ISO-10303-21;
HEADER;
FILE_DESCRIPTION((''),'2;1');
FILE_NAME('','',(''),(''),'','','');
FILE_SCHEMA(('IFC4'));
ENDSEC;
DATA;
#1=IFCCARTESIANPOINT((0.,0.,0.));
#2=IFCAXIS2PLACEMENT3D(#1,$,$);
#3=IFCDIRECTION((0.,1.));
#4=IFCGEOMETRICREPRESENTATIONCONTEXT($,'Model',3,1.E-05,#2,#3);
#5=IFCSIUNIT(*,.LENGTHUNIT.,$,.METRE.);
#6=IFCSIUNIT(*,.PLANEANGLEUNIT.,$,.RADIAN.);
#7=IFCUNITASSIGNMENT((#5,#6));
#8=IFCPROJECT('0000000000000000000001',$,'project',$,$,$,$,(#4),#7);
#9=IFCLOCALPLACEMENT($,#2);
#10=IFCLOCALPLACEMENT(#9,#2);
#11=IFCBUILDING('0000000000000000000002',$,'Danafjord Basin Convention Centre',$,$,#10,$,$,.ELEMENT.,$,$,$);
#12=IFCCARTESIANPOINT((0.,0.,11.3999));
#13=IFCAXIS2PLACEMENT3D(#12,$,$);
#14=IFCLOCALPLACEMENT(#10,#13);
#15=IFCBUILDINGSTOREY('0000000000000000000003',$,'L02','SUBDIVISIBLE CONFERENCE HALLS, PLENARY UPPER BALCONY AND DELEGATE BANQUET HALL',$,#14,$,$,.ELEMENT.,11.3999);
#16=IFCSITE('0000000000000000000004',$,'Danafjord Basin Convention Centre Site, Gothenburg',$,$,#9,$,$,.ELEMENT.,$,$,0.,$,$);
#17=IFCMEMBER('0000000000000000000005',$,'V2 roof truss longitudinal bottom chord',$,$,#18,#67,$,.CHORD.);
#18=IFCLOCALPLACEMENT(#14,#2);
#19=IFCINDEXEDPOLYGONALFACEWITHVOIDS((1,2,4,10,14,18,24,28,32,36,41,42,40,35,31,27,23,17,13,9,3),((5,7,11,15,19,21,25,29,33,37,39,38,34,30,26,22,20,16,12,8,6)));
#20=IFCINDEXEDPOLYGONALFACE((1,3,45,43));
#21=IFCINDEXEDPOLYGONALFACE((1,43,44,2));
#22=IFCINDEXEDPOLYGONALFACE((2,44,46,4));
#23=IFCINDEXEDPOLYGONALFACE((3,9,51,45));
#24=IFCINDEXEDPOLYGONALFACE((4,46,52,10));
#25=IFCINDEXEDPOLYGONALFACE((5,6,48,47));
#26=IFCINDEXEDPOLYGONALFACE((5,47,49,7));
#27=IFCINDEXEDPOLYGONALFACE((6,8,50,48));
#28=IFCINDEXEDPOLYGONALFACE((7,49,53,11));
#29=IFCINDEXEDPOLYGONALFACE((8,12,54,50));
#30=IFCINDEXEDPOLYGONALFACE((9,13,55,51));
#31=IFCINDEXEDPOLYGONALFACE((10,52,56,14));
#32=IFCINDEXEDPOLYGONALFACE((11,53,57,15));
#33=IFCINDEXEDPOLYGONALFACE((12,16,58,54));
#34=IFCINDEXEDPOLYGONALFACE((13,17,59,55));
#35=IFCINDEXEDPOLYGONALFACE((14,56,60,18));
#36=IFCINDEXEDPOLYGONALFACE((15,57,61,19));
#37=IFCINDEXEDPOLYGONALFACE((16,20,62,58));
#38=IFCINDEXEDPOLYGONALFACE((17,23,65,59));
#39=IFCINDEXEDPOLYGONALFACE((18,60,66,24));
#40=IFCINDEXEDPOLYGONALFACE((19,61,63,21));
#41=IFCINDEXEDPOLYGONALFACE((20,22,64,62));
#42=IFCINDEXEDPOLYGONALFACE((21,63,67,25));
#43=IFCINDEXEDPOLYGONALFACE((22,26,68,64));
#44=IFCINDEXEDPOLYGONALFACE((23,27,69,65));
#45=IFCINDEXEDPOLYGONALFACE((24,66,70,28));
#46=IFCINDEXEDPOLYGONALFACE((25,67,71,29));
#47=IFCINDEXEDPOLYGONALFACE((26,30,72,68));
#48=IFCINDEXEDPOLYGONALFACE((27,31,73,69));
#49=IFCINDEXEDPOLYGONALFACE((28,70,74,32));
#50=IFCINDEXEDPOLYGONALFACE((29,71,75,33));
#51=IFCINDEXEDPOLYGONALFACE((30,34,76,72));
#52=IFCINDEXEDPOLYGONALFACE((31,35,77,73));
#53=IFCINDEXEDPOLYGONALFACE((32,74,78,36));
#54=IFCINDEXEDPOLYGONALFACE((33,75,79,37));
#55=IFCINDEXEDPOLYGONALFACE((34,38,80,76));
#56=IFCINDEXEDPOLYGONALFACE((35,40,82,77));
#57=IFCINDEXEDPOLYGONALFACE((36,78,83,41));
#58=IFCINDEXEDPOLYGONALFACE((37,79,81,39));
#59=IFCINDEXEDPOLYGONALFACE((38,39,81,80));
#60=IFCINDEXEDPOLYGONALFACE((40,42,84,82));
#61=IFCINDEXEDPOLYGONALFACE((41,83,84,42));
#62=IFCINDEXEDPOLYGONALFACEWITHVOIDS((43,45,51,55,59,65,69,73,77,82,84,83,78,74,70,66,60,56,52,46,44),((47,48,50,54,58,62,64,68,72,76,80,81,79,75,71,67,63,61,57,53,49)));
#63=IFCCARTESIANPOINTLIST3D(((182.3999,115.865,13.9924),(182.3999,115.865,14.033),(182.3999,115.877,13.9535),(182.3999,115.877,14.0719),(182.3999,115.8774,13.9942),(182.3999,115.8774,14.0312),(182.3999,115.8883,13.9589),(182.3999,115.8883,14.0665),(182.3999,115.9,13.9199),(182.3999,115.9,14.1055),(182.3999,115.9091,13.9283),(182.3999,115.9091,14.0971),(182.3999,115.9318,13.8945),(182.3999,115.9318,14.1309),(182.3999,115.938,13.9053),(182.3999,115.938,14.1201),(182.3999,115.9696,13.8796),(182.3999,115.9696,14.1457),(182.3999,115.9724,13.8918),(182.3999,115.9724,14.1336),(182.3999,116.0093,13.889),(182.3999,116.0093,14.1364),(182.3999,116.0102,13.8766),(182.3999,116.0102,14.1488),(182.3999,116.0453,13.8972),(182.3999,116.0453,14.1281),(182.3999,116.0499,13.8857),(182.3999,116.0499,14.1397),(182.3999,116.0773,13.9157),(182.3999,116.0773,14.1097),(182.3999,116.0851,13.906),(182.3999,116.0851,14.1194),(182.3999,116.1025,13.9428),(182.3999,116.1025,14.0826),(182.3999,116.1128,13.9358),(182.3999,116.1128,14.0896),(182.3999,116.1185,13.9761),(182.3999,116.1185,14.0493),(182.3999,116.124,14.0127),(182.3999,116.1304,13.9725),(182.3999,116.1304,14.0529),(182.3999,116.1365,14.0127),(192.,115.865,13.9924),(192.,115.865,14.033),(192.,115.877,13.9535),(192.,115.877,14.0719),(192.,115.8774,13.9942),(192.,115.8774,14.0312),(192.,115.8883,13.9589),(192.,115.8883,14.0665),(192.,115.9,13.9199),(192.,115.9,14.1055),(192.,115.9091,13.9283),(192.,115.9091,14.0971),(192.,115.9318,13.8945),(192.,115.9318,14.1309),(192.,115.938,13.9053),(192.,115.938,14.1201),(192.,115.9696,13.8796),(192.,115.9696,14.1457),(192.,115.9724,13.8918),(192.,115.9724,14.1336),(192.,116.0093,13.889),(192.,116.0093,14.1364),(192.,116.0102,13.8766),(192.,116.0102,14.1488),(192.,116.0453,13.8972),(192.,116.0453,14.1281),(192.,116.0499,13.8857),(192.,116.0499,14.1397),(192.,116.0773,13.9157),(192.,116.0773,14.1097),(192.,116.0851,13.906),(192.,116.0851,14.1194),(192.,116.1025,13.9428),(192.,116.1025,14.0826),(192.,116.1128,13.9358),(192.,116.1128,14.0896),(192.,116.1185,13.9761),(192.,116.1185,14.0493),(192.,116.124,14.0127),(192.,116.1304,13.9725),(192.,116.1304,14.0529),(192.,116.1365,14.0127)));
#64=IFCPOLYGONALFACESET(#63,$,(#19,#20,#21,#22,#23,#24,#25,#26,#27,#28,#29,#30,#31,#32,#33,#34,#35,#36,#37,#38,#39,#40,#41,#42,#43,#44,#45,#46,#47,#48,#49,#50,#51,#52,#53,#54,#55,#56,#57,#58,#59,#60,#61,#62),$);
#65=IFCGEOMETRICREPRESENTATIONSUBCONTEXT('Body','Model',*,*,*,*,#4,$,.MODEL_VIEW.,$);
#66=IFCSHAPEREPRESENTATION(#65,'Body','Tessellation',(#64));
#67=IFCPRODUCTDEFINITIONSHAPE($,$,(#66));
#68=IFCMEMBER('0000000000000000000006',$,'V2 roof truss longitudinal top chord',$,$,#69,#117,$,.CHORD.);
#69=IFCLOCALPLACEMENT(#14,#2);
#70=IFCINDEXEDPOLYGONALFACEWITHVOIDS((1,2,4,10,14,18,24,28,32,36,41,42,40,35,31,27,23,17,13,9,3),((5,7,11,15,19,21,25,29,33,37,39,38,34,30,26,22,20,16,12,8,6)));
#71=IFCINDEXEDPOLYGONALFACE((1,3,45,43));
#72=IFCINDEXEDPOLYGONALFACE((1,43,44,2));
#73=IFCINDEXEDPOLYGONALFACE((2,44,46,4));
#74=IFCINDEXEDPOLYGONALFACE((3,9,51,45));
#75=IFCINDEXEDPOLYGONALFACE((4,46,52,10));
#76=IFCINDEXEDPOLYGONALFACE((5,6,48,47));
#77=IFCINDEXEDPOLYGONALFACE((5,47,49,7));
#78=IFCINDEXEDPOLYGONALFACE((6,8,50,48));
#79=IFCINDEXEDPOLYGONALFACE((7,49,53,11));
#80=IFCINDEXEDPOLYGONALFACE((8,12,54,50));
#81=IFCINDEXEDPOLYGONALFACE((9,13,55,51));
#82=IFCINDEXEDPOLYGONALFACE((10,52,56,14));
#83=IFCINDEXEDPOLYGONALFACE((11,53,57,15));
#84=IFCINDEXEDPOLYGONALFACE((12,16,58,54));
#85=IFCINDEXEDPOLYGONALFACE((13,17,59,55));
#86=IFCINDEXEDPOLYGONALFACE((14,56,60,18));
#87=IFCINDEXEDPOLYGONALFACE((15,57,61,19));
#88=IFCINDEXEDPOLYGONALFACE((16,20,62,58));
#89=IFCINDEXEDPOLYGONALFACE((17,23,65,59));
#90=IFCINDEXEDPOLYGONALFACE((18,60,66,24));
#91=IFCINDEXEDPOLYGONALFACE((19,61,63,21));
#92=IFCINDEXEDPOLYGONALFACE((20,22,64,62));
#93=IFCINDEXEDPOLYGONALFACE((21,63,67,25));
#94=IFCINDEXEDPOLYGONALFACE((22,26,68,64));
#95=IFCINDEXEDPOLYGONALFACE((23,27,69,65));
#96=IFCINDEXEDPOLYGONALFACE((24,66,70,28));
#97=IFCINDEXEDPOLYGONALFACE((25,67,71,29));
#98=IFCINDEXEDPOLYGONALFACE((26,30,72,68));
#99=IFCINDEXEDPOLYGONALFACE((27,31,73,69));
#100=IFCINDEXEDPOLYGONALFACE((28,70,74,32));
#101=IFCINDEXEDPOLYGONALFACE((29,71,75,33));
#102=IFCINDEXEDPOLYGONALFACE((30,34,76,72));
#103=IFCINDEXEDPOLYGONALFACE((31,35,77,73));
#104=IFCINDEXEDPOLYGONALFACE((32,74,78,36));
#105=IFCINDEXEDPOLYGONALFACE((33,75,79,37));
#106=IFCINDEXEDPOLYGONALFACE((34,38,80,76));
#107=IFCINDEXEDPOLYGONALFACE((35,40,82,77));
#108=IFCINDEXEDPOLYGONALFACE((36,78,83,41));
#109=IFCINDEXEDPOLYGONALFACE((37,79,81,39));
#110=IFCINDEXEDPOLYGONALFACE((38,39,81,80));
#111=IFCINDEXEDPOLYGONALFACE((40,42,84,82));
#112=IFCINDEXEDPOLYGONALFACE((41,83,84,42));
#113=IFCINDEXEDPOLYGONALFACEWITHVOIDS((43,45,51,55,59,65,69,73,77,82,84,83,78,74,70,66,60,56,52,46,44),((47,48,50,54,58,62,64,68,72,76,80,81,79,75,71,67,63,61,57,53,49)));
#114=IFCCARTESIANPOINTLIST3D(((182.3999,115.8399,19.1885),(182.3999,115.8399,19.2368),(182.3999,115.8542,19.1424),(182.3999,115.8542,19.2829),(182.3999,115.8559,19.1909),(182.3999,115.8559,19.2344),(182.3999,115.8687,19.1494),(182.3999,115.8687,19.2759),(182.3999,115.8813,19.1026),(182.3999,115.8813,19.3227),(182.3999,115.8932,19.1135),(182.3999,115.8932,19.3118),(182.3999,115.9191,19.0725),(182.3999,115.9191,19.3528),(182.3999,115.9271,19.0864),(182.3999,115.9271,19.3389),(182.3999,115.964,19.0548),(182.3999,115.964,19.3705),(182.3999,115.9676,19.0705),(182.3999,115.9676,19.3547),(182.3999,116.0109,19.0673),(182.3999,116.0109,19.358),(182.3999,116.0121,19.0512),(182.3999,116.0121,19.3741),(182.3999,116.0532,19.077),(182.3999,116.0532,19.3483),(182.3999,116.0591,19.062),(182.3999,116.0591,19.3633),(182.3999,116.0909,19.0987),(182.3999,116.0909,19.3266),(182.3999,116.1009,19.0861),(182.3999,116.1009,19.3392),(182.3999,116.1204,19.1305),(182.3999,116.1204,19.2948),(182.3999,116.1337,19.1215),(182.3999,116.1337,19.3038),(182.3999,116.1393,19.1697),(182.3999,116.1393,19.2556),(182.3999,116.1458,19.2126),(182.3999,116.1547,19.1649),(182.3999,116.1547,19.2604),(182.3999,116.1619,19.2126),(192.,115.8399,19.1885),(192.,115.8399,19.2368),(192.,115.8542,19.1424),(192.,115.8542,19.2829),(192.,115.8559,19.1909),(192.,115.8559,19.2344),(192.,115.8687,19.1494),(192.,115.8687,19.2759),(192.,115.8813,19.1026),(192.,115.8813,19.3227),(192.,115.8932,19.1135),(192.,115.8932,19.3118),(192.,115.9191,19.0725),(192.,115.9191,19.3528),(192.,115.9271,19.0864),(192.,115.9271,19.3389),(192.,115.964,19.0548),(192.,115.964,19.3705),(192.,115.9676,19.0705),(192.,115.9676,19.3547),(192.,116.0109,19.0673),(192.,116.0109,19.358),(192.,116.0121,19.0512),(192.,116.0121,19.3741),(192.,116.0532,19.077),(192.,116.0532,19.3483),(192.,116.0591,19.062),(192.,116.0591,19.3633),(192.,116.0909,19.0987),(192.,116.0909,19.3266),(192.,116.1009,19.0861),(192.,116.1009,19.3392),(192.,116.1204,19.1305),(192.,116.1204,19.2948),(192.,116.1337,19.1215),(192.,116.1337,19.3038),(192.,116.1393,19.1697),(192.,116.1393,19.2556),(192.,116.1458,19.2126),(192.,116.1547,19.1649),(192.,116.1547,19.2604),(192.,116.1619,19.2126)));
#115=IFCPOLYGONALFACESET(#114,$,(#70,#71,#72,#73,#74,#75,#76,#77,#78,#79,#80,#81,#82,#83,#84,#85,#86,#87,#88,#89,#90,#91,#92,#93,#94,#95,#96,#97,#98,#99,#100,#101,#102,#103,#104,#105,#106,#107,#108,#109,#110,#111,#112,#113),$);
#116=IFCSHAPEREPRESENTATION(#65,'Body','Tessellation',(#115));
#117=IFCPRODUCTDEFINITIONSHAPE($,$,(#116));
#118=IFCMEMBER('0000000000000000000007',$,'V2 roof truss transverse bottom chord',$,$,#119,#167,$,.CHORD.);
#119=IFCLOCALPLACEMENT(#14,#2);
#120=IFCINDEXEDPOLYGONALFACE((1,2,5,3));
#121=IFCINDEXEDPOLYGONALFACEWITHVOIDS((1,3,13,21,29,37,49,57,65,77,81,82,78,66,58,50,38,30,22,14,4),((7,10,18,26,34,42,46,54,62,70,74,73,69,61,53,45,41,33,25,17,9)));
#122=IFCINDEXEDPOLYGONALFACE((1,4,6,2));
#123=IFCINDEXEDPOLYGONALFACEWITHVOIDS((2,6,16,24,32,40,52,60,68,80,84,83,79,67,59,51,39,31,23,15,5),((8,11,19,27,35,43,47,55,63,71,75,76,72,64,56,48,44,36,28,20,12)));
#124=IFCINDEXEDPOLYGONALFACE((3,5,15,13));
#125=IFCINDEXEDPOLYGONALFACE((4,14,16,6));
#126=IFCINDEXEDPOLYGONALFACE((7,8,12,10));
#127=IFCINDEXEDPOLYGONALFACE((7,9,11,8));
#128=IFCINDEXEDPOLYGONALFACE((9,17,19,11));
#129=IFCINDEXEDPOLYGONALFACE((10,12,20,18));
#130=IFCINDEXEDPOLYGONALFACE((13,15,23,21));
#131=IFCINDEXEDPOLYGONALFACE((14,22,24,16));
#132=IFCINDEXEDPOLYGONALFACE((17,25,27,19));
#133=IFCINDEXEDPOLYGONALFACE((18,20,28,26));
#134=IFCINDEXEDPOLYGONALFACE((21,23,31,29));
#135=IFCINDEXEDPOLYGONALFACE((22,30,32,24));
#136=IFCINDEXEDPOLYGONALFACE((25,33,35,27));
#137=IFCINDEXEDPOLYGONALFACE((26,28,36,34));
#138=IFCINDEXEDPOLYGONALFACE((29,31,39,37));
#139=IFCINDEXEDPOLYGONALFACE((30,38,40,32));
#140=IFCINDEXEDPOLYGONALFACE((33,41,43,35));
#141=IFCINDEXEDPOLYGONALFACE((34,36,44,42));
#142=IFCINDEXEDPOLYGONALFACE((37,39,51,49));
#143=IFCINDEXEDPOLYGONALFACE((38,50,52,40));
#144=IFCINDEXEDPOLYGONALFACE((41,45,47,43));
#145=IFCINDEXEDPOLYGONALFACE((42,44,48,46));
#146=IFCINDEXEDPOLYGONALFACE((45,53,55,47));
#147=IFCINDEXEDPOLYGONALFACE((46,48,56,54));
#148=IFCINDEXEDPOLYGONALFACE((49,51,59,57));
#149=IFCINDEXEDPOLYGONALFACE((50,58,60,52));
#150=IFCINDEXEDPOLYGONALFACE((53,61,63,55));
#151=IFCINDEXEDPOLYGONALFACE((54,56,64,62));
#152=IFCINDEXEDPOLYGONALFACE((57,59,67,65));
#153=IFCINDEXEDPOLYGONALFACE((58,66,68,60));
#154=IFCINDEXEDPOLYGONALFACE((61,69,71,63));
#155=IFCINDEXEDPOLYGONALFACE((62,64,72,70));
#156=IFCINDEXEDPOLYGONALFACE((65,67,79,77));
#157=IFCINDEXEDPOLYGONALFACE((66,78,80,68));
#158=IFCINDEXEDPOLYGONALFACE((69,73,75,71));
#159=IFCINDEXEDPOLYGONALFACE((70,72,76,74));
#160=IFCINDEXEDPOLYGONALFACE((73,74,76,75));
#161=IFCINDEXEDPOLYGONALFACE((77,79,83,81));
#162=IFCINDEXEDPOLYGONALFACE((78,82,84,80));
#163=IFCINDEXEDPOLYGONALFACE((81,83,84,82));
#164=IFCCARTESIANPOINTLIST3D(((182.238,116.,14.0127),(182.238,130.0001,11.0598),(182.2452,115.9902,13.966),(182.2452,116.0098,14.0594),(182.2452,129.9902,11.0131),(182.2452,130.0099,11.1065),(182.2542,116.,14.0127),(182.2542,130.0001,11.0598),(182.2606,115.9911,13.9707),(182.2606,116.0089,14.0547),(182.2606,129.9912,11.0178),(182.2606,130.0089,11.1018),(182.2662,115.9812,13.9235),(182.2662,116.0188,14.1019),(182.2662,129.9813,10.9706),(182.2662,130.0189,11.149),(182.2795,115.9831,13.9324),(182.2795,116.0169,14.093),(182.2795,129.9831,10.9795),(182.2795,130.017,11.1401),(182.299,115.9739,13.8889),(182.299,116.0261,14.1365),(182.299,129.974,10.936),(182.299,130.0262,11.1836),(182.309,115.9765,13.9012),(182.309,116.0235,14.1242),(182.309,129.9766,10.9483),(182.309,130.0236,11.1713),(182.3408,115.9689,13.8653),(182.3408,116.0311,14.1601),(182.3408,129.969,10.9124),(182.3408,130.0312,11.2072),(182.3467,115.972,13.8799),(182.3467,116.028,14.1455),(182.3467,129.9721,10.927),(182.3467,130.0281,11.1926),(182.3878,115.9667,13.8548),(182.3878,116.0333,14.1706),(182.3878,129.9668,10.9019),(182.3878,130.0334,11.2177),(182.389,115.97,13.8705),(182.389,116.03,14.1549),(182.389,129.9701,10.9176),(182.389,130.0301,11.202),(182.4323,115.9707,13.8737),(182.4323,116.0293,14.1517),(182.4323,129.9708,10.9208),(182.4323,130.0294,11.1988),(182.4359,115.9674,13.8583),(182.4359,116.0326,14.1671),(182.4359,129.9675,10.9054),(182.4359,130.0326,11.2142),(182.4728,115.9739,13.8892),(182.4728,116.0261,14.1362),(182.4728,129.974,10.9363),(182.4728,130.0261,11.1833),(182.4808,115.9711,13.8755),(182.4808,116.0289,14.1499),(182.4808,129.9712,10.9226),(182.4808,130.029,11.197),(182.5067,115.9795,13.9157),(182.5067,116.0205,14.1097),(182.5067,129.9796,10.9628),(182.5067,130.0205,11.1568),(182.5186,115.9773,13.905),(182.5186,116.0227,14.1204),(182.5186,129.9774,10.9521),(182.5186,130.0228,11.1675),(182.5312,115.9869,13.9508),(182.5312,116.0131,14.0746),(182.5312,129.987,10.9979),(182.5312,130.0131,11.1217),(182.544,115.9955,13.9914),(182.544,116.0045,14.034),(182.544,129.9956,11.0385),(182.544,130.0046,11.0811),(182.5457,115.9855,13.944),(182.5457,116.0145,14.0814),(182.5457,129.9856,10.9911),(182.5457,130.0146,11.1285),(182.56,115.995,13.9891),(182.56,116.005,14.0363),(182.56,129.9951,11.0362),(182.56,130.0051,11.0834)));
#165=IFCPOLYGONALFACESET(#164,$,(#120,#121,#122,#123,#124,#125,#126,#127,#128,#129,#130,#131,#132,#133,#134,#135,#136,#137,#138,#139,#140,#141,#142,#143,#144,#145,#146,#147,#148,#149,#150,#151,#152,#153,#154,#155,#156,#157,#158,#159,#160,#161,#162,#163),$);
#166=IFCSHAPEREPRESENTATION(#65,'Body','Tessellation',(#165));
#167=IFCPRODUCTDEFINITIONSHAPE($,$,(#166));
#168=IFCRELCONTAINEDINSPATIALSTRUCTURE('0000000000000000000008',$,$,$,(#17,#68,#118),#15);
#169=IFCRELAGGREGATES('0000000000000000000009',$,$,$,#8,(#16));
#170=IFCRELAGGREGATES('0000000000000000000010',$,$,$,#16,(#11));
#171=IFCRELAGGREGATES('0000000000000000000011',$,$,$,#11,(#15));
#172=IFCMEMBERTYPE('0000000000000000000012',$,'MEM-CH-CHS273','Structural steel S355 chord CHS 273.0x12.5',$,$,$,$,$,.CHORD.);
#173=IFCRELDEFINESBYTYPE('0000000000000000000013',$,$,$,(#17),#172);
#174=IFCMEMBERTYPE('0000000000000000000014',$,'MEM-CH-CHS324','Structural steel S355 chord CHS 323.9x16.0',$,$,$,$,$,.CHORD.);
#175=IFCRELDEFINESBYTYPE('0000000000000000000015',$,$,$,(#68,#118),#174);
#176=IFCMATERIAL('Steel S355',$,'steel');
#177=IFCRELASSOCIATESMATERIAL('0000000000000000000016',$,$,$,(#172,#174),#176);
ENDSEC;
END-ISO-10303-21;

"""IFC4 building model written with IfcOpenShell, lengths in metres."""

from ifc_helpers import new_model, si_unit, direction, frame, origin, origin_2d, place, context, subcontext, project, spatial, hollow_circle, extrude, material, material_profile, profile_set, type_object, element, save


model = new_model("IFC4")

# Units and contexts
model_context = context("Model", 3, precision=1e-05, world=origin(), true_north=direction((0.0, 1.0)))
body_context = subcontext(model_context, "Body", "Model", "MODEL_VIEW")
ifc_project = project(units=[si_unit("LENGTHUNIT", "METRE"), si_unit("PLANEANGLEUNIT", "RADIAN")], contexts=[model_context])

# Site, building, storey
site_placement = place(None, origin())
site = spatial("IfcSite", under=ifc_project, at=site_placement, Name="Danafjord Basin Convention Centre Site, Gothenburg", CompositionType="ELEMENT", RefElevation=0.0)
building_placement = place(site_placement, origin())
building = spatial("IfcBuilding", under=site, at=building_placement, Name="Danafjord Basin Convention Centre", CompositionType="ELEMENT")
storey_placement = place(building_placement, frame((0.0, 0.0, 11.3999)))
storey = spatial("IfcBuildingStorey", under=building, at=storey_placement, Name="L02", Description="SUBDIVISIBLE CONFERENCE HALLS, PLENARY UPPER BALCONY AND DELEGATE BANQUET HALL", CompositionType="ELEMENT", Elevation=11.3999)

# Members
ifc_material = material(Name="Steel S355", Category="steel")
ifc_material_profile_1 = material_profile(ifc_material, hollow_circle(Radius=0.1365, WallThickness=0.0125, at=origin_2d()), Name="CHS 273.0x12.5")
ifc_profile_set_1 = profile_set([ifc_material_profile_1], Name="Steel S355")
member_type_1 = type_object("IfcMemberType", Name="MEM-CH-CHS273", Description="Structural steel S355 chord CHS 273.0x12.5", PredefinedType="CHORD", material=ifc_profile_set_1)
member_1_placement = place(storey_placement, frame((182.3999, 116.0, 14.0127), z_axis=(1.0, 0.0, 0.0), x_axis=(0.0, 1.0, 0.0)))
element("IfcMember", 1, at=member_1_placement, inside=storey, type_object=member_type_1, Name="V2 roof truss longitudinal bottom chord", PredefinedType="CHORD", context=body_context, shape_type="SweptSolid", body=[
    extrude(hollow_circle(Radius=0.1365, WallThickness=0.0125, at=origin_2d()), origin(), (0.0, 0.0, 1.0), 9.6001),
])
ifc_material_profile_2 = material_profile(ifc_material, hollow_circle(Radius=0.1619, WallThickness=0.0161, at=origin_2d()), Name="CHS 323.9x16.0")
ifc_profile_set_2 = profile_set([ifc_material_profile_2], Name="Steel S355")
member_type_2 = type_object("IfcMemberType", Name="MEM-CH-CHS324", Description="Structural steel S355 chord CHS 323.9x16.0", PredefinedType="CHORD", material=ifc_profile_set_2)
member_2_placement = place(storey_placement, frame((182.3999, 116.0, 19.2126), z_axis=(1.0, 0.0, 0.0), x_axis=(0.0, 1.0, 0.0)))
element("IfcMember", 2, at=member_2_placement, inside=storey, type_object=member_type_2, Name="V2 roof truss longitudinal top chord", PredefinedType="CHORD", context=body_context, shape_type="SweptSolid", body=[
    extrude(hollow_circle(Radius=0.1619, WallThickness=0.0161, at=origin_2d()), origin(), (0.0, 0.0, 1.0), 9.6001),
])
member_3_placement = place(storey_placement, frame((182.3999, 116.0, 14.0127), z_axis=(0.0, 0.978472, -0.206379), x_axis=(-1.0, 0.0, 0.0)))
element("IfcMember", 3, at=member_3_placement, inside=storey, type_object=member_type_2, Name="V2 roof truss transverse bottom chord", PredefinedType="CHORD", context=body_context, shape_type="SweptSolid", body=[
    extrude(hollow_circle(Radius=0.1619, WallThickness=0.0161, at=origin_2d()), origin(), (0.0, 0.0, 1.0), 14.3081),
])

save(model, "model.ifc")
